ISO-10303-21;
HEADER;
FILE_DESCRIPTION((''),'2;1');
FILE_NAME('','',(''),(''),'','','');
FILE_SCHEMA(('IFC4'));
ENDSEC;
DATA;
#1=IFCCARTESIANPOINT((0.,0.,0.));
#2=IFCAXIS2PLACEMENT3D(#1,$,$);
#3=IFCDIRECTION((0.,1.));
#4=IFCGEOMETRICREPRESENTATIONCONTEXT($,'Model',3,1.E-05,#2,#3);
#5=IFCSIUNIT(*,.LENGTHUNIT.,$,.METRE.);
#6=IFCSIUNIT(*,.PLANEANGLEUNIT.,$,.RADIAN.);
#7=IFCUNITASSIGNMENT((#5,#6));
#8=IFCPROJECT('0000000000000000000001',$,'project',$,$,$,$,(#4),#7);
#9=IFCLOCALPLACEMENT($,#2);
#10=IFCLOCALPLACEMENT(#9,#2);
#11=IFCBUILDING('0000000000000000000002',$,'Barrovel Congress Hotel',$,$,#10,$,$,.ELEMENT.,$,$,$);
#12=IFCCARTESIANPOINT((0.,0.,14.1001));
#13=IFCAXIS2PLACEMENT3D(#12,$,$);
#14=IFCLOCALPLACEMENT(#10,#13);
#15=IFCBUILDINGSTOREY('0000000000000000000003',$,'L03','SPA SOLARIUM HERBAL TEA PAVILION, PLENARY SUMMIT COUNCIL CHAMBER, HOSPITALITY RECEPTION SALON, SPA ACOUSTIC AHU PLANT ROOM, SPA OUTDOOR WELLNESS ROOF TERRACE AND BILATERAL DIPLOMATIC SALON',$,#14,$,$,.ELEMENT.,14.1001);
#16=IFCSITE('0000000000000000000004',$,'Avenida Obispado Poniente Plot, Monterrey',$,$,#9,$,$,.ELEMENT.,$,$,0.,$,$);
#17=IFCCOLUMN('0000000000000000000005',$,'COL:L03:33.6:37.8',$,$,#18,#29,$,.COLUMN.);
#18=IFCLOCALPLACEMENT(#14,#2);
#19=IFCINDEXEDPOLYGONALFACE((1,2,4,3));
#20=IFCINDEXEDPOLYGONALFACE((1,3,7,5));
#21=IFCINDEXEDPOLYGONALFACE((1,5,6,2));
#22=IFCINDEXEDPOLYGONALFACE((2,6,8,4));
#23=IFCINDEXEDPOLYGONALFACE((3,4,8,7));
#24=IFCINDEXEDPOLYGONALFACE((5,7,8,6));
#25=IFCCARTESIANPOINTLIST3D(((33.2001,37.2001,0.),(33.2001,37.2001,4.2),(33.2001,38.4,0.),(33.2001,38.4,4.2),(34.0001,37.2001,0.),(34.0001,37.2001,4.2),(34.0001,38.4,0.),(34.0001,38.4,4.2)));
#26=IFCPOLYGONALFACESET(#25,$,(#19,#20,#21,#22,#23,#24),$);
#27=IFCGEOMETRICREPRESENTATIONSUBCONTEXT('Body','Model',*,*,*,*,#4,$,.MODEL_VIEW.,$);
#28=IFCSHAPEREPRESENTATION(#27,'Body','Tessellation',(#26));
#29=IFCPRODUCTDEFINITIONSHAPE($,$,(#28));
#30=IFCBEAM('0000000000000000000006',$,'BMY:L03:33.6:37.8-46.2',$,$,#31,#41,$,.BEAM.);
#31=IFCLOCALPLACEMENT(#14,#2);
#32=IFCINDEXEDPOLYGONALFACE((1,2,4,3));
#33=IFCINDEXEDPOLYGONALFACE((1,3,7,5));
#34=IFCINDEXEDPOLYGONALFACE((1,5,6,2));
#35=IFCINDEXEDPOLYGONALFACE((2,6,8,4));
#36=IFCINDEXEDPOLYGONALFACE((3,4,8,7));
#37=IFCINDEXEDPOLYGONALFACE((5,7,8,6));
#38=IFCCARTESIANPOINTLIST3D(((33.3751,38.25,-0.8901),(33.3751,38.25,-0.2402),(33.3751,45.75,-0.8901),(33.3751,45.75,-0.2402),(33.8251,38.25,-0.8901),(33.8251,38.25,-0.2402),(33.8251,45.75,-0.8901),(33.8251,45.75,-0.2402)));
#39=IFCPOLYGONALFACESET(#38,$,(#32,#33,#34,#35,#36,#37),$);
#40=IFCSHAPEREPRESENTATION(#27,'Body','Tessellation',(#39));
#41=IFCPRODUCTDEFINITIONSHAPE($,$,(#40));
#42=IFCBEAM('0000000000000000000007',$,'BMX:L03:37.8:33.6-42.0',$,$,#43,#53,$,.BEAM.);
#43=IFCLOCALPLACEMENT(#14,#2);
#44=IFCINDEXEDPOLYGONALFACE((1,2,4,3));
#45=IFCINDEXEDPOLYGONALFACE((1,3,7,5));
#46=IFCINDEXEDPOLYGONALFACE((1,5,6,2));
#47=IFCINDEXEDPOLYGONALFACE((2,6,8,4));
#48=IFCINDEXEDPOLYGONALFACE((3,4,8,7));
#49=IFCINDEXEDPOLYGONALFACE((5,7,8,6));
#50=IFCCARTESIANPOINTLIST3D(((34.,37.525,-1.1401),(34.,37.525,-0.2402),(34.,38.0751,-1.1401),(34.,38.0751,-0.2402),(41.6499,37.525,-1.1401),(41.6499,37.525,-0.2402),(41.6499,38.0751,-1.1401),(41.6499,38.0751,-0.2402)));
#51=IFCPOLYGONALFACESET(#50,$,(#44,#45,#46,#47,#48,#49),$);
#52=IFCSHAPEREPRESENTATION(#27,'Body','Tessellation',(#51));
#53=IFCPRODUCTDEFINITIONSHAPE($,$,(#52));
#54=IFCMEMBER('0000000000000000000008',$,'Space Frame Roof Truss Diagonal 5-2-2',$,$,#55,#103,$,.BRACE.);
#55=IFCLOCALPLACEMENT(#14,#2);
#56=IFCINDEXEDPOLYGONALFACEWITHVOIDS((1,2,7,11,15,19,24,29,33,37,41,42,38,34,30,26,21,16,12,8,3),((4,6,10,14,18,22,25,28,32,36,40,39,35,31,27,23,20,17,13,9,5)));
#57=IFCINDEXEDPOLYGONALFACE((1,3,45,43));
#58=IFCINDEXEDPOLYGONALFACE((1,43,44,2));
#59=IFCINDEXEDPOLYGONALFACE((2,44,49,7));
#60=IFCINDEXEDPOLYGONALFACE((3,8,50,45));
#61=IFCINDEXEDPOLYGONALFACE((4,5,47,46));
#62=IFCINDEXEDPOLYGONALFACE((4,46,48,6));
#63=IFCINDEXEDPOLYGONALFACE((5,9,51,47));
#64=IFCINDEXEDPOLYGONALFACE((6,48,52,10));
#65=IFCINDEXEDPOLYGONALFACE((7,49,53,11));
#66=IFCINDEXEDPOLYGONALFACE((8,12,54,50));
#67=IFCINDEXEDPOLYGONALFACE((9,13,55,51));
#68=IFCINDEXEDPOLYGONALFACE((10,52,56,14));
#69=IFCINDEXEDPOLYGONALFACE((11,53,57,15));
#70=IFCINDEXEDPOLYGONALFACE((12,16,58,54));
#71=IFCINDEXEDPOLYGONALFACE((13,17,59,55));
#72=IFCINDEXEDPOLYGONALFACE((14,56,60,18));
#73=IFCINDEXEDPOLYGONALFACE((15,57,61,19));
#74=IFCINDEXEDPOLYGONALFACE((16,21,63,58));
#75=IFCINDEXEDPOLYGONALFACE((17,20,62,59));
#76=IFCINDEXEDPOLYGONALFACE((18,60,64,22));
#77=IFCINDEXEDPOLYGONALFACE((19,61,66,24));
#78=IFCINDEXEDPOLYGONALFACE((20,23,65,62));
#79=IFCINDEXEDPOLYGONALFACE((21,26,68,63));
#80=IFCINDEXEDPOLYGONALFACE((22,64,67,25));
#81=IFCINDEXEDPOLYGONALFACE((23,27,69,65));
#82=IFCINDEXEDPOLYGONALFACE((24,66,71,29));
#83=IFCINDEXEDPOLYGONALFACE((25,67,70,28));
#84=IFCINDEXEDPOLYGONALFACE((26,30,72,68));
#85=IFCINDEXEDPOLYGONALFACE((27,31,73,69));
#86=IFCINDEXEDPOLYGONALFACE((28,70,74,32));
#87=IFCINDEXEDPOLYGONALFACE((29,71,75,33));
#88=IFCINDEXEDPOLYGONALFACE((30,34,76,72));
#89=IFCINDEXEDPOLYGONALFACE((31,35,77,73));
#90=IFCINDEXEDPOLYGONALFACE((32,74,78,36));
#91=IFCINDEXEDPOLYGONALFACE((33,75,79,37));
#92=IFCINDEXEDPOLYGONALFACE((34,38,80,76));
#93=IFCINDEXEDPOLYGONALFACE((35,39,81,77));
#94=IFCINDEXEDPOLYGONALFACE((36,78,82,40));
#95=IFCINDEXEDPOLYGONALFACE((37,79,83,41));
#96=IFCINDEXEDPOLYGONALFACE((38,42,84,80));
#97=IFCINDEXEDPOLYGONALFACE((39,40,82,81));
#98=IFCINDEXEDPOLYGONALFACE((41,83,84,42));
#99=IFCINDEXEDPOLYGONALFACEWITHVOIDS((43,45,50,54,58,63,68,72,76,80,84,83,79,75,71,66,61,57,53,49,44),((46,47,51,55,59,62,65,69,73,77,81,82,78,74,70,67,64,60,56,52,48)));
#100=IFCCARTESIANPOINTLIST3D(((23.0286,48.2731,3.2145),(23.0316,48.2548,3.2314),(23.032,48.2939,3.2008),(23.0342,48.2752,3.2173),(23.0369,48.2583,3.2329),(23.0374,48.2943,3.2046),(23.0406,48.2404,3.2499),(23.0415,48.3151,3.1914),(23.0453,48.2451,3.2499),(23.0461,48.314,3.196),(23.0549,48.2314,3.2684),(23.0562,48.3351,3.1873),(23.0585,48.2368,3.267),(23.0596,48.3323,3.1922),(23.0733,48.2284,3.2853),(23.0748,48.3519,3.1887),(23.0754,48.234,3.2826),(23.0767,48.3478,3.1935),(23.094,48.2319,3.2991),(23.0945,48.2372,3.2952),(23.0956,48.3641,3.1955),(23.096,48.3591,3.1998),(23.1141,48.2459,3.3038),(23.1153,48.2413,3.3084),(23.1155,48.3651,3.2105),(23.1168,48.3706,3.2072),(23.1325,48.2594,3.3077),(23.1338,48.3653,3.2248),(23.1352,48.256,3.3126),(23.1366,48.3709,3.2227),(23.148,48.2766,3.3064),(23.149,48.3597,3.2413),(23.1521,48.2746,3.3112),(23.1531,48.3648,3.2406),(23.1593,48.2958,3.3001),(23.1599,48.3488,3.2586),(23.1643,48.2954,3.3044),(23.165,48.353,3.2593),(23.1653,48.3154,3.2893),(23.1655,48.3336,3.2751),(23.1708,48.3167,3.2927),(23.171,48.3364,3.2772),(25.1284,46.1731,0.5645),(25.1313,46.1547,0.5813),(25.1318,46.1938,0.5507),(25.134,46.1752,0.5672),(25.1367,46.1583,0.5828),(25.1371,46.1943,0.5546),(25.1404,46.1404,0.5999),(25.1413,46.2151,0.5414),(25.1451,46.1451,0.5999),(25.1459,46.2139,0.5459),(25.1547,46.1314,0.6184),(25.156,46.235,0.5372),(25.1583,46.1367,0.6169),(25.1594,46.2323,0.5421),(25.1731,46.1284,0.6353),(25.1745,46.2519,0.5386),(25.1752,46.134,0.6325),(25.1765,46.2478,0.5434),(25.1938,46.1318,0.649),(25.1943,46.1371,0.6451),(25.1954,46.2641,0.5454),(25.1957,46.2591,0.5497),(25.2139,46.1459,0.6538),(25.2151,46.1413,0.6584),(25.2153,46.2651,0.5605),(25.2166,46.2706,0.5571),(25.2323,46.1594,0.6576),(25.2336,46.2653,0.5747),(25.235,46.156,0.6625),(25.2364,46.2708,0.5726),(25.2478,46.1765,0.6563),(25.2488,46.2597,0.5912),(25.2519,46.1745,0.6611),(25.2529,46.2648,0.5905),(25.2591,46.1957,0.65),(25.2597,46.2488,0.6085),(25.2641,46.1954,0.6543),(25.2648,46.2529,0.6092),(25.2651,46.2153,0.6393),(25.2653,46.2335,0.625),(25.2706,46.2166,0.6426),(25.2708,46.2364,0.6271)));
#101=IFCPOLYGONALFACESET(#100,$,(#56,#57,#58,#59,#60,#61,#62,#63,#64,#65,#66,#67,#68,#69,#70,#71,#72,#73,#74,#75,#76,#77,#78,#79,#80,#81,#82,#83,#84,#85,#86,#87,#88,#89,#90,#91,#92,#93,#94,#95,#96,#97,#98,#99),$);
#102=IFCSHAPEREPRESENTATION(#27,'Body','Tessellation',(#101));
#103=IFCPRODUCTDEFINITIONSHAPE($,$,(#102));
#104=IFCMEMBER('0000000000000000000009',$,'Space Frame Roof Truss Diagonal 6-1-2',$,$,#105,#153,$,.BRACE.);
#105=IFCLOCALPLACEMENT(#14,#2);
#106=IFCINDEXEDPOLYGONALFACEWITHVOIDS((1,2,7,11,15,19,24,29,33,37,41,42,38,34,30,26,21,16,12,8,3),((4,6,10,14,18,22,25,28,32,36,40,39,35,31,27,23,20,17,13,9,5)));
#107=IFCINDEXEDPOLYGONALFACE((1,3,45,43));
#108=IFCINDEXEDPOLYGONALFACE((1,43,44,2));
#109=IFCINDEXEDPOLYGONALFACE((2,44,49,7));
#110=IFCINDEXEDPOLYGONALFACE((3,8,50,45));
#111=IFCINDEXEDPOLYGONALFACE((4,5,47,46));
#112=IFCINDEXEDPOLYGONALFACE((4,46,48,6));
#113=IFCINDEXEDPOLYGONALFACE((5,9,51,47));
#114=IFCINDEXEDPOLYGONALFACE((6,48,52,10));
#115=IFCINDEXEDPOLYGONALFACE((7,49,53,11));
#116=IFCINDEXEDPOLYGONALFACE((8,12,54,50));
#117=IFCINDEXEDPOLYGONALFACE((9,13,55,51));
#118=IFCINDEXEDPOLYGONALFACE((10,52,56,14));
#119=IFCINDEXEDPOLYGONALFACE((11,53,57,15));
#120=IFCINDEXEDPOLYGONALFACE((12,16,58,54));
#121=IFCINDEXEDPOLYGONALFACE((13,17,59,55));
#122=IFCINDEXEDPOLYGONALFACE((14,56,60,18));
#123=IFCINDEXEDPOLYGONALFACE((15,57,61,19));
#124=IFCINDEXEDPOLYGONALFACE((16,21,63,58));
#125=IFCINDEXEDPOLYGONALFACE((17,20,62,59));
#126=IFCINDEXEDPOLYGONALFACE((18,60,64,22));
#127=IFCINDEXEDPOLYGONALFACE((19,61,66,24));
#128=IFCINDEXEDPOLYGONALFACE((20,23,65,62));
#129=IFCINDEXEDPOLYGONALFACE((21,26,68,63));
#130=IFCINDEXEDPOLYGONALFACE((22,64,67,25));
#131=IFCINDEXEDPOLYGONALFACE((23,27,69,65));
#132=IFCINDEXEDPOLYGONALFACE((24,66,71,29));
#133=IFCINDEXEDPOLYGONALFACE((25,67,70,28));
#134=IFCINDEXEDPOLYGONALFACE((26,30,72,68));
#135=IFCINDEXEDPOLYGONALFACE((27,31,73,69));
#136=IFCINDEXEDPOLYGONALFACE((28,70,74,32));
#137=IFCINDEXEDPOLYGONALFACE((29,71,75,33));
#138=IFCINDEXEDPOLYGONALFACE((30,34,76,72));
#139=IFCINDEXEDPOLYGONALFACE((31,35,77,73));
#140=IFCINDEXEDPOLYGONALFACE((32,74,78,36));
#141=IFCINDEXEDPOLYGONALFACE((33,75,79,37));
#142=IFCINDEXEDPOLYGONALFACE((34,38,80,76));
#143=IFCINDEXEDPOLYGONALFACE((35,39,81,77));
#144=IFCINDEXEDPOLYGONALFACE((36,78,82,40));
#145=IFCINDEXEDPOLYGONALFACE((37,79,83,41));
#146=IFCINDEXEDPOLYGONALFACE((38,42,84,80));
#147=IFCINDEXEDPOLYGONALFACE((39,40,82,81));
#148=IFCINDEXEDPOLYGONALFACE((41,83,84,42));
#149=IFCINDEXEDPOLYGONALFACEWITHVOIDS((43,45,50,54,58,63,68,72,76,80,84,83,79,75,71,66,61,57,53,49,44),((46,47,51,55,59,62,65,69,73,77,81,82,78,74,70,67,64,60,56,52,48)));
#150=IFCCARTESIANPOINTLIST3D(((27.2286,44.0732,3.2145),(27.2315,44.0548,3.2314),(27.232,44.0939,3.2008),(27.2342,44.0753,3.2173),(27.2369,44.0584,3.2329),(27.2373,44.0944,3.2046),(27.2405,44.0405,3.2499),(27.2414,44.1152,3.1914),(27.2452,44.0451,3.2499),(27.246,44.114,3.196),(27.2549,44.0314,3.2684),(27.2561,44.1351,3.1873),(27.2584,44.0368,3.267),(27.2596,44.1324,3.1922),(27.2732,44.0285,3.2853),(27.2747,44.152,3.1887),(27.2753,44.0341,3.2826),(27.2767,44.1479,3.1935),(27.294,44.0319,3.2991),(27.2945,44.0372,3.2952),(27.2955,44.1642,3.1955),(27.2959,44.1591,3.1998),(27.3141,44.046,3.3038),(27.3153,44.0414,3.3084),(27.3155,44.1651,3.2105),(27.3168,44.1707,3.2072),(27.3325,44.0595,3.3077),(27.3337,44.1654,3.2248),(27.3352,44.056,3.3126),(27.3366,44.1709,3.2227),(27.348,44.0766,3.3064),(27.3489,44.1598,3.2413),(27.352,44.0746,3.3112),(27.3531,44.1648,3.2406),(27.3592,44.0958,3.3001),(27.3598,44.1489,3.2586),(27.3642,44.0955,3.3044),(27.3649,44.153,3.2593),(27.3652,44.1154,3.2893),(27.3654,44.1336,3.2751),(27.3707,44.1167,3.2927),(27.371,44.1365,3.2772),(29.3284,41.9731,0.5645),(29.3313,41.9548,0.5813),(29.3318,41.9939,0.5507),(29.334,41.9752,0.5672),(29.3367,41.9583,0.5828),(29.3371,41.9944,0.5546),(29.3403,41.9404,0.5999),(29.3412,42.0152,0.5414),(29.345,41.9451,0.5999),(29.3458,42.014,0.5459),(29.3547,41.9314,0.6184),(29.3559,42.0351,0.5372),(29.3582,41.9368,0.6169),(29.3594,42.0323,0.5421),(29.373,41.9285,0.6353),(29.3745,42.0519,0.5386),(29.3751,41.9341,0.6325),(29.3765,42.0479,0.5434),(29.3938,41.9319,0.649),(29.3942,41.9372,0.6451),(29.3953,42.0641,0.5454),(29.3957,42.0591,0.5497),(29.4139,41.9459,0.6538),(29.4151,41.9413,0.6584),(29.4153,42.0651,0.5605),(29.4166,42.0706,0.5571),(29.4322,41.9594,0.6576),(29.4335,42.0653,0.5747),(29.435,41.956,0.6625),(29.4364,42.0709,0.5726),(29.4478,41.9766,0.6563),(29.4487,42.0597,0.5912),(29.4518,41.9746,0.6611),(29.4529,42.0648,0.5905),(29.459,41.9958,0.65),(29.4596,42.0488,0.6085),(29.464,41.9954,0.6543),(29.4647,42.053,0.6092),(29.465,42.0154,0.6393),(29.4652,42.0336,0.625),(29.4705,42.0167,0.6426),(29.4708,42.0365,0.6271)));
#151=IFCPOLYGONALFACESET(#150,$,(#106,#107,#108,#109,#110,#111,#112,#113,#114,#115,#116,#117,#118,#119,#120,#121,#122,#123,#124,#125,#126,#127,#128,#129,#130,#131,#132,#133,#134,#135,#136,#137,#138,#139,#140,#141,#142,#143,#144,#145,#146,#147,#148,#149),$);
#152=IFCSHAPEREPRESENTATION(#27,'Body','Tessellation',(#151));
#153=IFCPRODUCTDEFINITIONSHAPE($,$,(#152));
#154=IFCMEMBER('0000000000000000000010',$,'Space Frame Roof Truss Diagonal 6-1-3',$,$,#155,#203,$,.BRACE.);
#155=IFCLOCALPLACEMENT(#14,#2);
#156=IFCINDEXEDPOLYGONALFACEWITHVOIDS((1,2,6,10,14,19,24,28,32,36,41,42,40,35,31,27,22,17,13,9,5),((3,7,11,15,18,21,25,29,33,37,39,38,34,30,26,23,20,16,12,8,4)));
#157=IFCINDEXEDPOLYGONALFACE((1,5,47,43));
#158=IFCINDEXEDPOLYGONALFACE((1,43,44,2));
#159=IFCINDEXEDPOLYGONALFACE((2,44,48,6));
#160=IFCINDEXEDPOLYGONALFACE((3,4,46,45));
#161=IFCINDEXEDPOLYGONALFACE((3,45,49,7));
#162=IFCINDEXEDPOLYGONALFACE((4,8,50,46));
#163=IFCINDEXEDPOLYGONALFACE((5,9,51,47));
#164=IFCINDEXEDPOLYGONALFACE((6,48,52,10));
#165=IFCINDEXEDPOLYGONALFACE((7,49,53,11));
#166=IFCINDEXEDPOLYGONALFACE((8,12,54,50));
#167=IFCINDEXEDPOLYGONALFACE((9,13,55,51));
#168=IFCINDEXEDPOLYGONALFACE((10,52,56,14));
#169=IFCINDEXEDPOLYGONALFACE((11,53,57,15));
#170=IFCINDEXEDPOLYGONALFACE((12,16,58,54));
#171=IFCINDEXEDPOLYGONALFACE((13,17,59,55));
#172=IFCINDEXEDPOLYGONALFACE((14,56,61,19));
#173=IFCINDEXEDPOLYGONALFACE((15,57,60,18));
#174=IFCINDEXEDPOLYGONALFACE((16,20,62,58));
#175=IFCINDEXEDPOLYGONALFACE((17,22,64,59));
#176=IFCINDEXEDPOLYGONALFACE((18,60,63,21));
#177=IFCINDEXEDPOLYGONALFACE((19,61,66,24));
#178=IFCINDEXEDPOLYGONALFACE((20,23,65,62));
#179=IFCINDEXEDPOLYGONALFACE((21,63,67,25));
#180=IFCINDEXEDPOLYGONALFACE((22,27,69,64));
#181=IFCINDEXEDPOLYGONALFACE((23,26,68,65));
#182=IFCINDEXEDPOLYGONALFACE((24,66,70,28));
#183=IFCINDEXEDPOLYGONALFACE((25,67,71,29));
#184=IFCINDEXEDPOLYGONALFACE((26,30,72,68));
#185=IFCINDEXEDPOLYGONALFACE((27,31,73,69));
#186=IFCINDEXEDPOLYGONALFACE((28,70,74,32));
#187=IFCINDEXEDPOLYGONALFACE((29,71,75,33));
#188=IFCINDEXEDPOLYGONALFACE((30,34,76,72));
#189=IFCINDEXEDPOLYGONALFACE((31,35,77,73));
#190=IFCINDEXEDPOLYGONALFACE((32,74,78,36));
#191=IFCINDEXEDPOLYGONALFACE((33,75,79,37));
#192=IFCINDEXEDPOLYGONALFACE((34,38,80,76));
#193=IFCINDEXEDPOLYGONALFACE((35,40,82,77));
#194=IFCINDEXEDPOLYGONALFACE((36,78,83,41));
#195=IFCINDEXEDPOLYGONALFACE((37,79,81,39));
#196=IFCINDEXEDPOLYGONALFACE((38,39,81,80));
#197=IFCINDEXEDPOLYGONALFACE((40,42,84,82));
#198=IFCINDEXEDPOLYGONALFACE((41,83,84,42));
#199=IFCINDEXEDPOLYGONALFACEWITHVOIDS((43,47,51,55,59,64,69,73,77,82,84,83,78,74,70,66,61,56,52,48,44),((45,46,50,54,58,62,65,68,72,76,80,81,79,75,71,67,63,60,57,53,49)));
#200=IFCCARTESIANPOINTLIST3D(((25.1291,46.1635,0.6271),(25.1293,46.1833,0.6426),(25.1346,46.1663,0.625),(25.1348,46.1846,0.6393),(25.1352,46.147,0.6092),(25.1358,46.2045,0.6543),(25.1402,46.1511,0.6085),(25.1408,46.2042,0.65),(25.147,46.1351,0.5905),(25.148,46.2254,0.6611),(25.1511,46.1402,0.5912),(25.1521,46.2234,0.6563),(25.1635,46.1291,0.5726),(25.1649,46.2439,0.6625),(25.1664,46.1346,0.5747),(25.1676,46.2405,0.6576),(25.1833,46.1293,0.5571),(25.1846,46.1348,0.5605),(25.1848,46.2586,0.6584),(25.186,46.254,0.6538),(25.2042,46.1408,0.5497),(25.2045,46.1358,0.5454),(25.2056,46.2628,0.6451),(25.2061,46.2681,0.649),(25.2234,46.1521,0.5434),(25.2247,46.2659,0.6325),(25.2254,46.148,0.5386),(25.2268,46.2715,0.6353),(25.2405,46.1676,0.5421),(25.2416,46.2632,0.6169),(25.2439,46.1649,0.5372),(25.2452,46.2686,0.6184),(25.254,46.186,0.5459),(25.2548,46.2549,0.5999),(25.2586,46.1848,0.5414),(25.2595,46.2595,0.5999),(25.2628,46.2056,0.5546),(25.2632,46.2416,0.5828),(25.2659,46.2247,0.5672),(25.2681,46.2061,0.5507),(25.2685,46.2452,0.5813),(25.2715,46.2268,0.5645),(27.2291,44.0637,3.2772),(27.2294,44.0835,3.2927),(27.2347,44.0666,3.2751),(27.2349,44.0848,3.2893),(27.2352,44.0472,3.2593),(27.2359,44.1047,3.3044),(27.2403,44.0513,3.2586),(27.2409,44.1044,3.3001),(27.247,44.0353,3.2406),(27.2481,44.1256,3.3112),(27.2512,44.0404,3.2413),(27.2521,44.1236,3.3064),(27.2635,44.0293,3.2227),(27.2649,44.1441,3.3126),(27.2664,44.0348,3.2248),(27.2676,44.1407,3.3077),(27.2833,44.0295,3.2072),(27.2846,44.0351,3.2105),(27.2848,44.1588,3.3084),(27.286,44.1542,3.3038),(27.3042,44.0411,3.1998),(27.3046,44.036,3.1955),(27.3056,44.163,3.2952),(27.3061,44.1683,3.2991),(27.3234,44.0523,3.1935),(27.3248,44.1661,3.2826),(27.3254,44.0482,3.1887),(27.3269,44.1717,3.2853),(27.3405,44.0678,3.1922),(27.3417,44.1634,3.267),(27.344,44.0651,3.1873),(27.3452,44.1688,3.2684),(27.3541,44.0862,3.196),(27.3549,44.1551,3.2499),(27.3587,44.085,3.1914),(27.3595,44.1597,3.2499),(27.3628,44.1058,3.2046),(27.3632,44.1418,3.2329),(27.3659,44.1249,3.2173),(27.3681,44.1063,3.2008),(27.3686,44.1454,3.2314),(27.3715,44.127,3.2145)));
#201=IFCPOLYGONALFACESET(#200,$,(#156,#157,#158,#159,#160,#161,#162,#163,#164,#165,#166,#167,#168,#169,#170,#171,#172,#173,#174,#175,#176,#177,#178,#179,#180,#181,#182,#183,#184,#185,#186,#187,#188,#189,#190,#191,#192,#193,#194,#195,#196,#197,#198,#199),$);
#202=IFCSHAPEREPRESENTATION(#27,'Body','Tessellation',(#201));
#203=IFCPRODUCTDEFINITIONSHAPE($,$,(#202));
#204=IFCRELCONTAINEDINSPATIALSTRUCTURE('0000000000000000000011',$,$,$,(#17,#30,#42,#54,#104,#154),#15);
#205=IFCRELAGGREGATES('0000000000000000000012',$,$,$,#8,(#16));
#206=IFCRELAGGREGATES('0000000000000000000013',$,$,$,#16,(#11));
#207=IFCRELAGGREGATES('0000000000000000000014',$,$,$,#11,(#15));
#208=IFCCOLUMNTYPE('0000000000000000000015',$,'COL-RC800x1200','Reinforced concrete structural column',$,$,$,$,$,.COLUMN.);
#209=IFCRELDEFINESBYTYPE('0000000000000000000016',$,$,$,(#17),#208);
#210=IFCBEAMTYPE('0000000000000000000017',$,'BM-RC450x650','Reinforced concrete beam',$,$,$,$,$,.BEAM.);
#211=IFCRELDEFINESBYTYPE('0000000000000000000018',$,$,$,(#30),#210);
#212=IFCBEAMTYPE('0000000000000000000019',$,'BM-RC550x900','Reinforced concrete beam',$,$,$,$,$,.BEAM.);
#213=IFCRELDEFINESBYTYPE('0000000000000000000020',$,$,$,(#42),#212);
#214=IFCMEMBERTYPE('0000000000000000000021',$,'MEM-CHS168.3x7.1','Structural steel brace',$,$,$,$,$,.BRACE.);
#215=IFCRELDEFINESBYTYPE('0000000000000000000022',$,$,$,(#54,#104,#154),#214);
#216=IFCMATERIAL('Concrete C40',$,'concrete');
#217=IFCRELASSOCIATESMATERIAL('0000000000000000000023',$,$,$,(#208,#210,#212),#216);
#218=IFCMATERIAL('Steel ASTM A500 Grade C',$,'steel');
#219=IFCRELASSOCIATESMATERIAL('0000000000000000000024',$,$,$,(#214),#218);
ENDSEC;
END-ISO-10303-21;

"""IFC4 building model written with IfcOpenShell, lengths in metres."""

from ifc_helpers import new_model, si_unit, direction, frame, origin, origin_2d, place, context, subcontext, project, spatial, rectangle, hollow_circle, extrude, material, material_profile, profile_set, type_object, element, save


model = new_model("IFC4")

# Units and contexts
model_context = context("Model", 3, precision=1e-05, world=origin(), true_north=direction((0.0, 1.0)))
body_context = subcontext(model_context, "Body", "Model", "MODEL_VIEW")
ifc_project = project(units=[si_unit("LENGTHUNIT", "METRE"), si_unit("PLANEANGLEUNIT", "RADIAN")], contexts=[model_context])

# Site, building, storey
site_placement = place(None, origin())
site = spatial("IfcSite", under=ifc_project, at=site_placement, Name="Avenida Obispado Poniente Plot, Monterrey", CompositionType="ELEMENT", RefElevation=0.0)
building_placement = place(site_placement, origin())
building = spatial("IfcBuilding", under=site, at=building_placement, Name="Barrovel Congress Hotel", CompositionType="ELEMENT")
storey_placement = place(building_placement, frame((0.0, 0.0, 14.1001)))
storey = spatial("IfcBuildingStorey", under=building, at=storey_placement, Name="L03", Description="SPA SOLARIUM HERBAL TEA PAVILION, PLENARY SUMMIT COUNCIL CHAMBER, HOSPITALITY RECEPTION SALON, SPA ACOUSTIC AHU PLANT ROOM, SPA OUTDOOR WELLNESS ROOF TERRACE AND BILATERAL DIPLOMATIC SALON", CompositionType="ELEMENT", Elevation=14.1001)

# Column
ifc_material_1 = material(Name="Concrete C40", Category="concrete")
ifc_material_profile_1 = material_profile(ifc_material_1, rectangle(XDim=0.8, YDim=1.2, at=origin_2d()), Name="RC800x1200")
ifc_profile_set_1 = profile_set([ifc_material_profile_1], Name="Concrete C40")
column_type = type_object("IfcColumnType", Name="COL-RC800x1200", Description="Reinforced concrete structural column", PredefinedType="COLUMN", material=ifc_profile_set_1)
column_placement = place(storey_placement, frame((33.6001, 37.8, 0.0), z_axis=(0.0, 0.0, 1.0), x_axis=(1.0, 0.0, 0.0)))
element("IfcColumn", 1, at=column_placement, inside=storey, type_object=column_type, Name="COL:L03:33.6:37.8", PredefinedType="COLUMN", context=body_context, shape_type="SweptSolid", body=[
    extrude(rectangle(XDim=0.8, YDim=1.2, at=origin_2d()), origin(), (0.0, 0.0, 1.0), 4.2),
])

# Beams
ifc_material_profile_2 = material_profile(ifc_material_1, rectangle(XDim=0.45, YDim=0.6499, at=origin_2d()), Name="RC450x650")
ifc_profile_set_2 = profile_set([ifc_material_profile_2], Name="Concrete C40")
beam_type_1 = type_object("IfcBeamType", Name="BM-RC450x650", Description="Reinforced concrete beam", PredefinedType="BEAM", material=ifc_profile_set_2)
beam_1_placement = place(storey_placement, frame((33.6001, 38.25, -0.5652), z_axis=(0.0, 1.0, 0.0), x_axis=(-1.0, 0.0, 0.0)))
element("IfcBeam", 2, at=beam_1_placement, inside=storey, type_object=beam_type_1, Name="BMY:L03:33.6:37.8-46.2", PredefinedType="BEAM", context=body_context, shape_type="SweptSolid", body=[
    extrude(rectangle(XDim=0.45, YDim=0.6499, at=origin_2d()), origin(), (0.0, 0.0, 1.0), 7.5),
])
ifc_material_profile_3 = material_profile(ifc_material_1, rectangle(XDim=0.55, YDim=0.8999, at=origin_2d()), Name="RC550x900")
ifc_profile_set_3 = profile_set([ifc_material_profile_3], Name="Concrete C40")
beam_type_2 = type_object("IfcBeamType", Name="BM-RC550x900", Description="Reinforced concrete beam", PredefinedType="BEAM", material=ifc_profile_set_3)
beam_2_placement = place(storey_placement, frame((34.0, 37.8, -0.6902), z_axis=(1.0, 0.0, 0.0), x_axis=(0.0, 1.0, 0.0)))
element("IfcBeam", 3, at=beam_2_placement, inside=storey, type_object=beam_type_2, Name="BMX:L03:37.8:33.6-42.0", PredefinedType="BEAM", context=body_context, shape_type="SweptSolid", body=[
    extrude(rectangle(XDim=0.55, YDim=0.8999, at=origin_2d()), origin(), (0.0, 0.0, 1.0), 7.6499),
])

# Members
ifc_material_2 = material(Name="Steel ASTM A500 Grade C", Category="steel")
ifc_material_profile_4 = material_profile(ifc_material_2, hollow_circle(Radius=0.0842, WallThickness=0.0066, at=origin_2d()), Name="CHS168.3x7.1")
ifc_profile_set_4 = profile_set([ifc_material_profile_4], Name="Steel ASTM A500 Grade C")
member_type_1 = type_object("IfcMemberType", Name="MEM-CHS168.3x7.1", Description="Structural steel brace", PredefinedType="BRACE", material=ifc_profile_set_4)
for number, where, z_axis, x_axis, name in (
    (4, (25.2, 46.2, 0.5999), (-0.527557, 0.527618, 0.66581), (-0.707148, -0.707066, 0.0), "Space Frame Roof Truss Diagonal 5-2-2"),
    (5, (29.3999, 42.0, 0.5999), (-0.527557, 0.527618, 0.66581), (-0.707148, -0.707066, 0.0), "Space Frame Roof Truss Diagonal 6-1-2"),
    (6, (25.2, 46.2, 0.5999), (0.527618, -0.527557, 0.66581), (0.707066, 0.707148, 0.0), "Space Frame Roof Truss Diagonal 6-1-3"),
):
    element("IfcMember", number, at=place(storey_placement, frame(where, z_axis=z_axis, x_axis=x_axis)), inside=storey, type_object=member_type_1, Name=name, PredefinedType="BRACE", context=body_context, shape_type="SweptSolid", body=[
        extrude(hollow_circle(Radius=0.0842, WallThickness=0.0066, at=origin_2d()), origin(), (0.0, 0.0, 1.0), 3.9802),
    ])

save(model, "model.ifc")
